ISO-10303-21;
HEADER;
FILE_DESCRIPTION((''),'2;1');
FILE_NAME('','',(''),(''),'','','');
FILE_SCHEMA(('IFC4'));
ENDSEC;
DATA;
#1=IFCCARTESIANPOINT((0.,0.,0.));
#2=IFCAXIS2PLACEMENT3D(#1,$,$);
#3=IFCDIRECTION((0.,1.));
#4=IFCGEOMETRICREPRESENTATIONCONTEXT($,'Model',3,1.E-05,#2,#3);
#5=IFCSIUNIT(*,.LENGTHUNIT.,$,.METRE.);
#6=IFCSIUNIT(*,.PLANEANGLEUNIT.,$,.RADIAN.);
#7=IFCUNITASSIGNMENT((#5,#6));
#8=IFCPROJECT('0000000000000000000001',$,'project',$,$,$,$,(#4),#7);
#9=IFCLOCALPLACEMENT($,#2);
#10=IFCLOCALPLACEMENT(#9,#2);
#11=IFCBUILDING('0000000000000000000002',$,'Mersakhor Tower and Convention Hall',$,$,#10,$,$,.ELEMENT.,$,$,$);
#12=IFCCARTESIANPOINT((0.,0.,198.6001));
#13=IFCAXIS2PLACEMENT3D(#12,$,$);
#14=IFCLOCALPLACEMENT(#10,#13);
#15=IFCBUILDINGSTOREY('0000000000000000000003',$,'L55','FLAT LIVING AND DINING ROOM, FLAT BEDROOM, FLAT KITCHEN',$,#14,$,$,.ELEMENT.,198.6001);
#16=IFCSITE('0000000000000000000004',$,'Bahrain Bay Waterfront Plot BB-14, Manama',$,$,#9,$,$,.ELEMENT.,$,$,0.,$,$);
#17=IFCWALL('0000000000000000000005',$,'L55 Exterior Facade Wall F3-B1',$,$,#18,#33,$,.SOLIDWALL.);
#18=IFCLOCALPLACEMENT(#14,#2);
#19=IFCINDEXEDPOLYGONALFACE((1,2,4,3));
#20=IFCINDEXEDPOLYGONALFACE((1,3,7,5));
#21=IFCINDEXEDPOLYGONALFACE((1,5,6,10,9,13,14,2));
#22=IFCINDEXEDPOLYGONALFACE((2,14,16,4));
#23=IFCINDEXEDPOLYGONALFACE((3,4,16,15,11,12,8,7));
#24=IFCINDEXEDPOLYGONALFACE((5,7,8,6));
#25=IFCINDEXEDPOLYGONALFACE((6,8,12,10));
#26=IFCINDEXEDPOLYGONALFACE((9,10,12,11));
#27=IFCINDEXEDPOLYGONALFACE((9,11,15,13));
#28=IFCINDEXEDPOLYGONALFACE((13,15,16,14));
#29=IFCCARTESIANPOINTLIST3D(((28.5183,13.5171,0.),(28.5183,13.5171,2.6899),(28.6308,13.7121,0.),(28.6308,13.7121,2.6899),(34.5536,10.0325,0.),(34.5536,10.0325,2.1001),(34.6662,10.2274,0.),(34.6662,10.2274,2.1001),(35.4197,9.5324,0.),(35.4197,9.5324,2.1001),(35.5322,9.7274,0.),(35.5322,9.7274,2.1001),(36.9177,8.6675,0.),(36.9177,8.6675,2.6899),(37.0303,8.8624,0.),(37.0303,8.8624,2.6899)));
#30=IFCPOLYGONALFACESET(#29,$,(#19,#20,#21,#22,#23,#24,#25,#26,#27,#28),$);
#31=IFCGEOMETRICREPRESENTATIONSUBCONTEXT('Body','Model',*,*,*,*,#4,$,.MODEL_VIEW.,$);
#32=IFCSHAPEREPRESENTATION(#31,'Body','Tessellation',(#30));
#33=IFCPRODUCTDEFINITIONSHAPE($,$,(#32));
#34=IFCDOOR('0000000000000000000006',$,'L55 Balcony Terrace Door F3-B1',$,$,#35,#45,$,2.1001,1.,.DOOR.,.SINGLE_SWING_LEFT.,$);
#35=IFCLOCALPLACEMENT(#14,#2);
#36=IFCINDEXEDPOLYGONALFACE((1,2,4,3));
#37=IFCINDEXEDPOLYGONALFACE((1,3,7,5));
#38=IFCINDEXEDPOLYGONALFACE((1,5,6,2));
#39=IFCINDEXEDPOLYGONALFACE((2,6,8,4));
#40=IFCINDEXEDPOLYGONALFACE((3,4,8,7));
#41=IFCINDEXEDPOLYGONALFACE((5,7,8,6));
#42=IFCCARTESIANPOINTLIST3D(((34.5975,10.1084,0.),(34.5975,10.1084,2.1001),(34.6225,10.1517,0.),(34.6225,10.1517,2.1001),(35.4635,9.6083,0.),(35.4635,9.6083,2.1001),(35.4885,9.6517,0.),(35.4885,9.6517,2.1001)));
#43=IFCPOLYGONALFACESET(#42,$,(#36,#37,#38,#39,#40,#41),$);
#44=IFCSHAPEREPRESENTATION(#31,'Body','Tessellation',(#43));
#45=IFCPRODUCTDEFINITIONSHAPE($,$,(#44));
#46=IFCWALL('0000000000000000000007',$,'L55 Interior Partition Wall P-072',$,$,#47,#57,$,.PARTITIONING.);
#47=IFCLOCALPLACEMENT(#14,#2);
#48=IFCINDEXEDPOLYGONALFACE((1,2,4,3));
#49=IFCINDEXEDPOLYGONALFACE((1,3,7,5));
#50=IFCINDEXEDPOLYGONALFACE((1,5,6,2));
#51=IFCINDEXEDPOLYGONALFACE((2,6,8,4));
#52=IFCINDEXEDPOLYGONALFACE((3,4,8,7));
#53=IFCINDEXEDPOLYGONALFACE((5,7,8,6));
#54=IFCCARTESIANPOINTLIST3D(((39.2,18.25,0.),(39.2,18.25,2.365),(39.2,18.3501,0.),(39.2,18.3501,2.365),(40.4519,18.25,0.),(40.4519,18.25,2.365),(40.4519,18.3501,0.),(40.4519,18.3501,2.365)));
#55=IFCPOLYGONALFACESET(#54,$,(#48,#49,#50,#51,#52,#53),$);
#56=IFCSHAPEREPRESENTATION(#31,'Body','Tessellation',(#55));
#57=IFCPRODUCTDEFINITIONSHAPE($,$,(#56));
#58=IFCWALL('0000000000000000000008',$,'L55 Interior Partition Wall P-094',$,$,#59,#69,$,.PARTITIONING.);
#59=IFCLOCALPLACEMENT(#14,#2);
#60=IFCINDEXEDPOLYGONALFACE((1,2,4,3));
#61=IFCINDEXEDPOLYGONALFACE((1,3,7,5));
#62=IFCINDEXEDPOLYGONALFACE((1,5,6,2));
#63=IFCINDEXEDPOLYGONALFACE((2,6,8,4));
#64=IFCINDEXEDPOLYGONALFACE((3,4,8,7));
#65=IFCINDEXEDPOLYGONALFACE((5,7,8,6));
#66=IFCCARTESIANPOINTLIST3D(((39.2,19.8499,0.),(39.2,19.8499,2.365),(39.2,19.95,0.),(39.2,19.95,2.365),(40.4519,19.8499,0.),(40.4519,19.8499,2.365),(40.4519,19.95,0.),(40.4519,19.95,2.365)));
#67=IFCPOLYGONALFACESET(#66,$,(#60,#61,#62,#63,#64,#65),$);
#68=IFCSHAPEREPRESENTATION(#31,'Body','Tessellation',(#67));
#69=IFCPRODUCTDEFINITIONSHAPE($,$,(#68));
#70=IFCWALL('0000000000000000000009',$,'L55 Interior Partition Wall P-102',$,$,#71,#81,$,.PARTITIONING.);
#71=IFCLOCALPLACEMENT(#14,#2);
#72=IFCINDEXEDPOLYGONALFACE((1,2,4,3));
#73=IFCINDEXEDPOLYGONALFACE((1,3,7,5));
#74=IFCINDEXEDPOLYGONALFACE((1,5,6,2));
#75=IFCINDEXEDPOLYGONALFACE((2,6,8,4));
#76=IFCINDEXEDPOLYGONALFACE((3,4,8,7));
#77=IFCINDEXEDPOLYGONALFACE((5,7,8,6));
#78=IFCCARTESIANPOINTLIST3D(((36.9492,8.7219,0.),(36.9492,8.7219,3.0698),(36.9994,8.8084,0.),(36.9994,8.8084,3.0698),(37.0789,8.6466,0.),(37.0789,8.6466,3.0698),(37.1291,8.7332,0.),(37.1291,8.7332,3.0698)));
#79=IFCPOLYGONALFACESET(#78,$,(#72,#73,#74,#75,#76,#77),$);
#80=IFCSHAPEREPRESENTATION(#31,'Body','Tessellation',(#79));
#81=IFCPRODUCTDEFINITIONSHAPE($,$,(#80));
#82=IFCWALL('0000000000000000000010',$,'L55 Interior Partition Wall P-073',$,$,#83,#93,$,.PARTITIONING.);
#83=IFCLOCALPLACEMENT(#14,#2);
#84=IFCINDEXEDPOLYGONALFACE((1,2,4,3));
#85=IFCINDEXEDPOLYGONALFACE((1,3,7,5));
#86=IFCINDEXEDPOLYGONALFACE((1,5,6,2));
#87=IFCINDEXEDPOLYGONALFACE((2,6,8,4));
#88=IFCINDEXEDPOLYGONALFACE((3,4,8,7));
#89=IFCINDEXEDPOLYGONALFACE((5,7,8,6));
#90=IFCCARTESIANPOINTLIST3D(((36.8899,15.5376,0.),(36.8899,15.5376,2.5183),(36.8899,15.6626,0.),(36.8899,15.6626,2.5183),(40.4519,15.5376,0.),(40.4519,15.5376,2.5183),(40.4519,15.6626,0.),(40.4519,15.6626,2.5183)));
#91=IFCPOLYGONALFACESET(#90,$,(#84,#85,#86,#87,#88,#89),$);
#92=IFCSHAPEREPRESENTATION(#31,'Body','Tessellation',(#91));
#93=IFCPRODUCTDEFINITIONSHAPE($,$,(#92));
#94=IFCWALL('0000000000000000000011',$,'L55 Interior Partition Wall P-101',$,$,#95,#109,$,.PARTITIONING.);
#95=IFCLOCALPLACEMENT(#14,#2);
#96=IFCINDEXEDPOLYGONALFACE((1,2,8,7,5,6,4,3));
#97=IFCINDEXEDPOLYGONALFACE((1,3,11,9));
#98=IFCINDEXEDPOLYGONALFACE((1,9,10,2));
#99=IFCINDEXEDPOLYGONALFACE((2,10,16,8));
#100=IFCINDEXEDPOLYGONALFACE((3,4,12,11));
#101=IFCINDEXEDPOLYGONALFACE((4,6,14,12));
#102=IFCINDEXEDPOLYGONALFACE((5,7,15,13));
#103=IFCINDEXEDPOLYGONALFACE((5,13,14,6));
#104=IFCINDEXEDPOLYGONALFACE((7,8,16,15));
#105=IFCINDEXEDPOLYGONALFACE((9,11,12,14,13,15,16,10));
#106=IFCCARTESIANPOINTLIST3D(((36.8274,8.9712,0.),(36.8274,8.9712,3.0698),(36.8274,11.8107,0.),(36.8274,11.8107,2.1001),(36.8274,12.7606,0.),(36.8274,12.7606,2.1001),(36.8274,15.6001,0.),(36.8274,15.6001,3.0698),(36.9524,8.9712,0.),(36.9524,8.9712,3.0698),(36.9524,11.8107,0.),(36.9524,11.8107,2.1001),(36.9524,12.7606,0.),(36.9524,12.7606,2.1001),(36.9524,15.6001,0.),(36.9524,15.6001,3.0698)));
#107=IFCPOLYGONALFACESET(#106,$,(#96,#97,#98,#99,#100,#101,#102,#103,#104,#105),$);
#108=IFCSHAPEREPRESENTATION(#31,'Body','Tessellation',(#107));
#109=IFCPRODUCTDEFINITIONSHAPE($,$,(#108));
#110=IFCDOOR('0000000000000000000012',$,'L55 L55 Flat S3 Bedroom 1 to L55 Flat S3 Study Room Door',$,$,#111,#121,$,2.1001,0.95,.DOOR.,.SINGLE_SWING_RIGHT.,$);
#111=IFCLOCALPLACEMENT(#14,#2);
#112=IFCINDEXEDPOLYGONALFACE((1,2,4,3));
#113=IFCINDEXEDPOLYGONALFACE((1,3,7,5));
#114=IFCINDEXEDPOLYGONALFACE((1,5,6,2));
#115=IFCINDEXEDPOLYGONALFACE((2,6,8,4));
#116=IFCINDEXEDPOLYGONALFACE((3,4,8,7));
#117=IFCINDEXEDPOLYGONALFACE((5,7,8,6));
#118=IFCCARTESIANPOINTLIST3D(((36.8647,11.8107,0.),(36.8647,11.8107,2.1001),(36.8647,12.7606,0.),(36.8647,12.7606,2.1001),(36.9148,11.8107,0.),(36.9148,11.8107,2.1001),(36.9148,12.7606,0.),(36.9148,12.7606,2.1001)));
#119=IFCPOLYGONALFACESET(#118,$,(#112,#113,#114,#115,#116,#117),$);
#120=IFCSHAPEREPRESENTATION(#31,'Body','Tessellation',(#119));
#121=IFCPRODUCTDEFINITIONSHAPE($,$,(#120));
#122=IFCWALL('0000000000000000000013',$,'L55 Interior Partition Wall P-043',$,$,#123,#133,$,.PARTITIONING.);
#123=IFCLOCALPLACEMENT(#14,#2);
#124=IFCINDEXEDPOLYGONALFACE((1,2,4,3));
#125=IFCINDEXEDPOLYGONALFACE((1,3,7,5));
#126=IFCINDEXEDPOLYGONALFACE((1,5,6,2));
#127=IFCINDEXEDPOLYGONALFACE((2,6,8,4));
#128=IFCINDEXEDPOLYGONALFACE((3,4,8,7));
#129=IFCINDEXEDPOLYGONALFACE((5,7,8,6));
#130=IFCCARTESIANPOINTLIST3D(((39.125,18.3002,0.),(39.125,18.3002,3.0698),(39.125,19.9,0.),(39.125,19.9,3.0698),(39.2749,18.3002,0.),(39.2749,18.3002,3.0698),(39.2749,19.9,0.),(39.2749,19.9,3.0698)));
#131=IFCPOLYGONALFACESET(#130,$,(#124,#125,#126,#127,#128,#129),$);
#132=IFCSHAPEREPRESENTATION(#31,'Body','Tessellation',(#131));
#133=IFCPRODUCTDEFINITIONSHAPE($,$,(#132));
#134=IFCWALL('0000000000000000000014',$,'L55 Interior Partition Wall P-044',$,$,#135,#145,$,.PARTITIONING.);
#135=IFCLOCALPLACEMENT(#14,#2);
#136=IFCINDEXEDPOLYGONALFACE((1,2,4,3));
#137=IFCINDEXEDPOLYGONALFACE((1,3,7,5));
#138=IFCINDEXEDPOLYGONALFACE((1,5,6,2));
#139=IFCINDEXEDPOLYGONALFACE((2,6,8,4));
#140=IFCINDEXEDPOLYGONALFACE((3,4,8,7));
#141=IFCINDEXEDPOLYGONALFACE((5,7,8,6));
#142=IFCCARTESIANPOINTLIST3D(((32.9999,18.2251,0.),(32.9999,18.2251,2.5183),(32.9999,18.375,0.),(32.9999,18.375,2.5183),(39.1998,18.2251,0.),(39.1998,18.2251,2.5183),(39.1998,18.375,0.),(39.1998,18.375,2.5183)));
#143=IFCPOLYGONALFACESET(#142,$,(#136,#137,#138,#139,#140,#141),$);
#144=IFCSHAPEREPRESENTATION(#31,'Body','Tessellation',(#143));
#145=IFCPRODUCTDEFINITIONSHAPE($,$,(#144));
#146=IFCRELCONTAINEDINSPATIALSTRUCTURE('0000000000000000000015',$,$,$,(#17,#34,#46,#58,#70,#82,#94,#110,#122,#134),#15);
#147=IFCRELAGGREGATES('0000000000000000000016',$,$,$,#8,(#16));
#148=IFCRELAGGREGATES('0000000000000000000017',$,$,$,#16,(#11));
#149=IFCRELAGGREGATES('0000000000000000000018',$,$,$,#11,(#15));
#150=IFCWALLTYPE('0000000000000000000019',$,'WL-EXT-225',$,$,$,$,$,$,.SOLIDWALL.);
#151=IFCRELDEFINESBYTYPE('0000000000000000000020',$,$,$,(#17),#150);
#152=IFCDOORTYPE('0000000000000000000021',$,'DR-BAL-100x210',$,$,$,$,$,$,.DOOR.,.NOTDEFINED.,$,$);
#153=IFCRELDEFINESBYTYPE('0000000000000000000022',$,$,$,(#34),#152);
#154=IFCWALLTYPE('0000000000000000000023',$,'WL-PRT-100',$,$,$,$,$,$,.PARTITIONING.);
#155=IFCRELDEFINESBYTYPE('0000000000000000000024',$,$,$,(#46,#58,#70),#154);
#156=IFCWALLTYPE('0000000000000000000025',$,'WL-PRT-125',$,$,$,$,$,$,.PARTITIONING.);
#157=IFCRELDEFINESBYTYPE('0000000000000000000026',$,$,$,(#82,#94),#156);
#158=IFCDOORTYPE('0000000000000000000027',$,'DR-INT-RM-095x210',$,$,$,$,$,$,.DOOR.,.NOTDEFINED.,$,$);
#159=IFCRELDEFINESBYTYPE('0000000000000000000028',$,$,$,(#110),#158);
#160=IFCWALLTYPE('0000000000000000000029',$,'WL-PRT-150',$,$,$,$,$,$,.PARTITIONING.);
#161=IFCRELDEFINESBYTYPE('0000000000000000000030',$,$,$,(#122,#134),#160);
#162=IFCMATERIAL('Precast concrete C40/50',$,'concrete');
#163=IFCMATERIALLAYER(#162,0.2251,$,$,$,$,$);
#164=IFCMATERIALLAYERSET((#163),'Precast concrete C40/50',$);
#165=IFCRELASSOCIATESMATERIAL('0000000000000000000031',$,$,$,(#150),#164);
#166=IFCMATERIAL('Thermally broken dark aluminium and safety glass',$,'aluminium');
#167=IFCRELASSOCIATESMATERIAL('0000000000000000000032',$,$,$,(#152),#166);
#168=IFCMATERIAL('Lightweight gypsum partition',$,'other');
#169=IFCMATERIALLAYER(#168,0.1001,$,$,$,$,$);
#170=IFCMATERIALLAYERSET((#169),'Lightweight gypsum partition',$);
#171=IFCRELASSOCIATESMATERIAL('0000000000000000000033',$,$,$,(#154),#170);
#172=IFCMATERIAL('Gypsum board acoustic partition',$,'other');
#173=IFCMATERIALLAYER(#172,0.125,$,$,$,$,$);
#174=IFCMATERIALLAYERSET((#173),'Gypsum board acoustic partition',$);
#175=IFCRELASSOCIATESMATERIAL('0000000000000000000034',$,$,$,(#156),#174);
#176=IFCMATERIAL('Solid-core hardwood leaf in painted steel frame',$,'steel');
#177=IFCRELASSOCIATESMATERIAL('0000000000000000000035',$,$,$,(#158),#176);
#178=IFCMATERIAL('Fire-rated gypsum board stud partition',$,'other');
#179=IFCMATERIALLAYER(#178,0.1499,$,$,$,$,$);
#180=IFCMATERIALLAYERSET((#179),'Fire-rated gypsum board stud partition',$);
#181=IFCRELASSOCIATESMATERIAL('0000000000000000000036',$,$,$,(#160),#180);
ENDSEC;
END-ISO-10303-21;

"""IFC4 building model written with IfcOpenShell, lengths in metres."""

from ifc_helpers import new_model, si_unit, direction, frame, frame_2d, origin, place, context, subcontext, project, spatial, rectangle, extrude, material, layer, layer_set, type_object, element, fill, save


model = new_model("IFC4")

# Units and contexts
model_context = context("Model", 3, precision=1e-05, world=origin(), true_north=direction((0.0, 1.0)))
body_context = subcontext(model_context, "Body", "Model", "MODEL_VIEW")
ifc_project = project(units=[si_unit("LENGTHUNIT", "METRE"), si_unit("PLANEANGLEUNIT", "RADIAN")], contexts=[model_context])

# Site, building, storey
site_placement = place(None, origin())
site = spatial("IfcSite", under=ifc_project, at=site_placement, Name="Bahrain Bay Waterfront Plot BB-14, Manama", CompositionType="ELEMENT", RefElevation=0.0)
building_placement = place(site_placement, origin())
building = spatial("IfcBuilding", under=site, at=building_placement, Name="Mersakhor Tower and Convention Hall", CompositionType="ELEMENT")
storey_placement = place(building_placement, frame((0.0, 0.0, 198.6001)))
storey = spatial("IfcBuildingStorey", under=building, at=storey_placement, Name="L55", Description="FLAT LIVING AND DINING ROOM, FLAT BEDROOM, FLAT KITCHEN", CompositionType="ELEMENT", Elevation=198.6001)

# Shared definitions
ifc_material_1 = material(Name="Precast concrete C40/50", Category="concrete")
ifc_layer_1 = layer(ifc_material_1, 0.2251)
ifc_layer_set_1 = layer_set([ifc_layer_1], Name="Precast concrete C40/50")
wall_type_1 = type_object("IfcWallType", Name="WL-EXT-225", PredefinedType="SOLIDWALL", material=ifc_layer_set_1)

# Wall, opening, door
wall_1_placement = place(storey_placement, frame((36.9741, 8.7649, 0.0), z_axis=(0.0, 0.0, 1.0), x_axis=(-0.866016, 0.500016, 0.0)))
wall_1 = element("IfcWall", 1, at=wall_1_placement, inside=storey, type_object=wall_type_1, Name="L55 Exterior Facade Wall F3-B1", PredefinedType="SOLIDWALL", context=body_context, shape_type="SweptSolid", body=[
    extrude(rectangle(XDim=9.699, YDim=0.2251, at=frame_2d((4.8496, 0.0))), origin(), (0.0, 0.0, 1.0), 2.6899),
])
opening_1_placement = place(wall_1_placement, frame((1.73, 0.0, 0.0)))
opening_1 = element("IfcOpeningElement", 2, at=opening_1_placement, cuts=wall_1, PredefinedType="OPENING", context=body_context, shape_type="SweptSolid", body=[
    extrude(rectangle(XDim=1.0, YDim=2.1001, at=frame_2d((0.5, 1.05))), frame((0.0, 0.1226, 0.0), z_axis=(0.0, -1.0, 0.0), x_axis=(1.0, 0.0, 0.0)), (0.0, 0.0, 1.0), 0.2451),
])
ifc_material_2 = material(Name="Thermally broken dark aluminium and safety glass", Category="aluminium")
door_type_1 = type_object("IfcDoorType", Name="DR-BAL-100x210", OperationType="NOTDEFINED", PredefinedType="DOOR", material=ifc_material_2)
door_1_placement = place(opening_1_placement, origin())
door_1 = element("IfcDoor", 3, at=door_1_placement, inside=storey, type_object=door_type_1, Name="L55 Balcony Terrace Door F3-B1", OperationType="SINGLE_SWING_LEFT", OverallHeight=2.1001, OverallWidth=1.0, PredefinedType="DOOR", context=body_context, shape_type="SweptSolid", body=[
    extrude(rectangle(XDim=1.0, YDim=2.1001, at=frame_2d((0.5, 1.05))), frame((0.0, 0.0249, 0.0), z_axis=(0.0, -1.0, 0.0), x_axis=(1.0, 0.0, 0.0)), (0.0, 0.0, 1.0), 0.05),
])
fill(opening_1, door_1)

# Walls
ifc_material_3 = material(Name="Lightweight gypsum partition", Category="other")
ifc_layer_2 = layer(ifc_material_3, 0.1001)
ifc_layer_set_2 = layer_set([ifc_layer_2], Name="Lightweight gypsum partition")
wall_type_2 = type_object("IfcWallType", Name="WL-PRT-100", PredefinedType="PARTITIONING", material=ifc_layer_set_2)
for number, where, z_axis, x_axis, name in (
    (4, (39.2, 18.3, 0.0), (0.0, 0.0, 1.0), (1.0, 0.0, 0.0), "L55 Interior Partition Wall P-072"),
    (5, (40.4519, 19.8999, 0.0), (0.0, 0.0, 1.0), (-1.0, 0.0, 0.0), "L55 Interior Partition Wall P-094"),
):
    element("IfcWall", number, at=place(storey_placement, frame(where, z_axis=z_axis, x_axis=x_axis)), inside=storey, type_object=wall_type_2, Name=name, PredefinedType="PARTITIONING", context=body_context, shape_type="SweptSolid", body=[
        extrude(rectangle(XDim=1.252, YDim=0.1001, at=frame_2d((0.626, 0.0))), origin(), (0.0, 0.0, 1.0), 2.365),
    ])
wall_2_placement = place(storey_placement, frame((37.104, 8.6899, 0.0), z_axis=(0.0, 0.0, 1.0), x_axis=(-0.865017, 0.501742, 0.0)))
element("IfcWall", 6, at=wall_2_placement, inside=storey, type_object=wall_type_2, Name="L55 Interior Partition Wall P-102", PredefinedType="PARTITIONING", context=body_context, shape_type="SweptSolid", body=[
    extrude(rectangle(XDim=0.1499, YDim=0.1001, at=frame_2d((0.075, 0.0))), origin(), (0.0, 0.0, 1.0), 3.0698),
])
ifc_material_4 = material(Name="Gypsum board acoustic partition", Category="other")
ifc_layer_3 = layer(ifc_material_4, 0.125)
ifc_layer_set_3 = layer_set([ifc_layer_3], Name="Gypsum board acoustic partition")
wall_type_3 = type_object("IfcWallType", Name="WL-PRT-125", PredefinedType="PARTITIONING", material=ifc_layer_set_3)
wall_3_placement = place(storey_placement, frame((40.4519, 15.6001, 0.0), z_axis=(0.0, 0.0, 1.0), x_axis=(-1.0, 0.0, 0.0)))
element("IfcWall", 7, at=wall_3_placement, inside=storey, type_object=wall_type_3, Name="L55 Interior Partition Wall P-073", PredefinedType="PARTITIONING", context=body_context, shape_type="SweptSolid", body=[
    extrude(rectangle(XDim=3.562, YDim=0.125, at=frame_2d((1.781, 0.0))), origin(), (0.0, 0.0, 1.0), 2.5183),
])

# Wall, opening, door
wall_4_placement = place(storey_placement, frame((36.8899, 15.6001, 0.0), z_axis=(0.0, 0.0, 1.0), x_axis=(0.0, -1.0, 0.0)))
wall_4 = element("IfcWall", 8, at=wall_4_placement, inside=storey, type_object=wall_type_3, Name="L55 Interior Partition Wall P-101", PredefinedType="PARTITIONING", context=body_context, shape_type="SweptSolid", body=[
    extrude(rectangle(XDim=6.6289, YDim=0.125, at=frame_2d((3.3145, 0.0))), origin(), (0.0, 0.0, 1.0), 3.0698),
])
opening_2_placement = place(wall_4_placement, frame((2.8394, 0.0, 0.0)))
opening_2 = element("IfcOpeningElement", 9, at=opening_2_placement, cuts=wall_4, PredefinedType="OPENING", context=body_context, shape_type="SweptSolid", body=[
    extrude(rectangle(XDim=0.95, YDim=2.1001, at=frame_2d((0.4751, 1.05))), frame((0.0, 0.0725, 0.0), z_axis=(0.0, -1.0, 0.0), x_axis=(1.0, 0.0, 0.0)), (0.0, 0.0, 1.0), 0.145),
])
ifc_material_5 = material(Name="Solid-core hardwood leaf in painted steel frame", Category="steel")
door_type_2 = type_object("IfcDoorType", Name="DR-INT-RM-095x210", OperationType="NOTDEFINED", PredefinedType="DOOR", material=ifc_material_5)
door_2_placement = place(opening_2_placement, origin())
door_2 = element("IfcDoor", 10, at=door_2_placement, inside=storey, type_object=door_type_2, Name="L55 L55 Flat S3 Bedroom 1 to L55 Flat S3 Study Room Door", OperationType="SINGLE_SWING_RIGHT", OverallHeight=2.1001, OverallWidth=0.95, PredefinedType="DOOR", context=body_context, shape_type="SweptSolid", body=[
    extrude(rectangle(XDim=0.95, YDim=2.1001, at=frame_2d((0.4751, 1.05))), frame((0.0, 0.0249, 0.0), z_axis=(0.0, -1.0, 0.0), x_axis=(1.0, 0.0, 0.0)), (0.0, 0.0, 1.0), 0.05),
])
fill(opening_2, door_2)

# Walls
ifc_material_6 = material(Name="Fire-rated gypsum board stud partition", Category="other")
ifc_layer_4 = layer(ifc_material_6, 0.1499)
ifc_layer_set_4 = layer_set([ifc_layer_4], Name="Fire-rated gypsum board stud partition")
wall_type_4 = type_object("IfcWallType", Name="WL-PRT-150", PredefinedType="PARTITIONING", material=ifc_layer_set_4)
wall_5_placement = place(storey_placement, frame((39.2, 19.8999, 0.0), z_axis=(0.0, 0.0, 1.0), x_axis=(0.0, -1.0, 0.0)))
element("IfcWall", 11, at=wall_5_placement, inside=storey, type_object=wall_type_4, Name="L55 Interior Partition Wall P-043", PredefinedType="PARTITIONING", context=body_context, shape_type="SweptSolid", body=[
    extrude(rectangle(XDim=1.5999, YDim=0.1499, at=frame_2d((0.7998, 0.0))), origin(), (0.0, 0.0, 1.0), 3.0698),
])
wall_6_placement = place(storey_placement, frame((39.2, 18.3, 0.0), z_axis=(0.0, 0.0, 1.0), x_axis=(-1.0, 0.0, 0.0)))
element("IfcWall", 12, at=wall_6_placement, inside=storey, type_object=wall_type_4, Name="L55 Interior Partition Wall P-044", PredefinedType="PARTITIONING", context=body_context, shape_type="SweptSolid", body=[
    extrude(rectangle(XDim=6.2, YDim=0.1499, at=frame_2d((3.1001, 0.0))), origin(), (0.0, 0.0, 1.0), 2.5183),
])

save(model, "model.ifc")
